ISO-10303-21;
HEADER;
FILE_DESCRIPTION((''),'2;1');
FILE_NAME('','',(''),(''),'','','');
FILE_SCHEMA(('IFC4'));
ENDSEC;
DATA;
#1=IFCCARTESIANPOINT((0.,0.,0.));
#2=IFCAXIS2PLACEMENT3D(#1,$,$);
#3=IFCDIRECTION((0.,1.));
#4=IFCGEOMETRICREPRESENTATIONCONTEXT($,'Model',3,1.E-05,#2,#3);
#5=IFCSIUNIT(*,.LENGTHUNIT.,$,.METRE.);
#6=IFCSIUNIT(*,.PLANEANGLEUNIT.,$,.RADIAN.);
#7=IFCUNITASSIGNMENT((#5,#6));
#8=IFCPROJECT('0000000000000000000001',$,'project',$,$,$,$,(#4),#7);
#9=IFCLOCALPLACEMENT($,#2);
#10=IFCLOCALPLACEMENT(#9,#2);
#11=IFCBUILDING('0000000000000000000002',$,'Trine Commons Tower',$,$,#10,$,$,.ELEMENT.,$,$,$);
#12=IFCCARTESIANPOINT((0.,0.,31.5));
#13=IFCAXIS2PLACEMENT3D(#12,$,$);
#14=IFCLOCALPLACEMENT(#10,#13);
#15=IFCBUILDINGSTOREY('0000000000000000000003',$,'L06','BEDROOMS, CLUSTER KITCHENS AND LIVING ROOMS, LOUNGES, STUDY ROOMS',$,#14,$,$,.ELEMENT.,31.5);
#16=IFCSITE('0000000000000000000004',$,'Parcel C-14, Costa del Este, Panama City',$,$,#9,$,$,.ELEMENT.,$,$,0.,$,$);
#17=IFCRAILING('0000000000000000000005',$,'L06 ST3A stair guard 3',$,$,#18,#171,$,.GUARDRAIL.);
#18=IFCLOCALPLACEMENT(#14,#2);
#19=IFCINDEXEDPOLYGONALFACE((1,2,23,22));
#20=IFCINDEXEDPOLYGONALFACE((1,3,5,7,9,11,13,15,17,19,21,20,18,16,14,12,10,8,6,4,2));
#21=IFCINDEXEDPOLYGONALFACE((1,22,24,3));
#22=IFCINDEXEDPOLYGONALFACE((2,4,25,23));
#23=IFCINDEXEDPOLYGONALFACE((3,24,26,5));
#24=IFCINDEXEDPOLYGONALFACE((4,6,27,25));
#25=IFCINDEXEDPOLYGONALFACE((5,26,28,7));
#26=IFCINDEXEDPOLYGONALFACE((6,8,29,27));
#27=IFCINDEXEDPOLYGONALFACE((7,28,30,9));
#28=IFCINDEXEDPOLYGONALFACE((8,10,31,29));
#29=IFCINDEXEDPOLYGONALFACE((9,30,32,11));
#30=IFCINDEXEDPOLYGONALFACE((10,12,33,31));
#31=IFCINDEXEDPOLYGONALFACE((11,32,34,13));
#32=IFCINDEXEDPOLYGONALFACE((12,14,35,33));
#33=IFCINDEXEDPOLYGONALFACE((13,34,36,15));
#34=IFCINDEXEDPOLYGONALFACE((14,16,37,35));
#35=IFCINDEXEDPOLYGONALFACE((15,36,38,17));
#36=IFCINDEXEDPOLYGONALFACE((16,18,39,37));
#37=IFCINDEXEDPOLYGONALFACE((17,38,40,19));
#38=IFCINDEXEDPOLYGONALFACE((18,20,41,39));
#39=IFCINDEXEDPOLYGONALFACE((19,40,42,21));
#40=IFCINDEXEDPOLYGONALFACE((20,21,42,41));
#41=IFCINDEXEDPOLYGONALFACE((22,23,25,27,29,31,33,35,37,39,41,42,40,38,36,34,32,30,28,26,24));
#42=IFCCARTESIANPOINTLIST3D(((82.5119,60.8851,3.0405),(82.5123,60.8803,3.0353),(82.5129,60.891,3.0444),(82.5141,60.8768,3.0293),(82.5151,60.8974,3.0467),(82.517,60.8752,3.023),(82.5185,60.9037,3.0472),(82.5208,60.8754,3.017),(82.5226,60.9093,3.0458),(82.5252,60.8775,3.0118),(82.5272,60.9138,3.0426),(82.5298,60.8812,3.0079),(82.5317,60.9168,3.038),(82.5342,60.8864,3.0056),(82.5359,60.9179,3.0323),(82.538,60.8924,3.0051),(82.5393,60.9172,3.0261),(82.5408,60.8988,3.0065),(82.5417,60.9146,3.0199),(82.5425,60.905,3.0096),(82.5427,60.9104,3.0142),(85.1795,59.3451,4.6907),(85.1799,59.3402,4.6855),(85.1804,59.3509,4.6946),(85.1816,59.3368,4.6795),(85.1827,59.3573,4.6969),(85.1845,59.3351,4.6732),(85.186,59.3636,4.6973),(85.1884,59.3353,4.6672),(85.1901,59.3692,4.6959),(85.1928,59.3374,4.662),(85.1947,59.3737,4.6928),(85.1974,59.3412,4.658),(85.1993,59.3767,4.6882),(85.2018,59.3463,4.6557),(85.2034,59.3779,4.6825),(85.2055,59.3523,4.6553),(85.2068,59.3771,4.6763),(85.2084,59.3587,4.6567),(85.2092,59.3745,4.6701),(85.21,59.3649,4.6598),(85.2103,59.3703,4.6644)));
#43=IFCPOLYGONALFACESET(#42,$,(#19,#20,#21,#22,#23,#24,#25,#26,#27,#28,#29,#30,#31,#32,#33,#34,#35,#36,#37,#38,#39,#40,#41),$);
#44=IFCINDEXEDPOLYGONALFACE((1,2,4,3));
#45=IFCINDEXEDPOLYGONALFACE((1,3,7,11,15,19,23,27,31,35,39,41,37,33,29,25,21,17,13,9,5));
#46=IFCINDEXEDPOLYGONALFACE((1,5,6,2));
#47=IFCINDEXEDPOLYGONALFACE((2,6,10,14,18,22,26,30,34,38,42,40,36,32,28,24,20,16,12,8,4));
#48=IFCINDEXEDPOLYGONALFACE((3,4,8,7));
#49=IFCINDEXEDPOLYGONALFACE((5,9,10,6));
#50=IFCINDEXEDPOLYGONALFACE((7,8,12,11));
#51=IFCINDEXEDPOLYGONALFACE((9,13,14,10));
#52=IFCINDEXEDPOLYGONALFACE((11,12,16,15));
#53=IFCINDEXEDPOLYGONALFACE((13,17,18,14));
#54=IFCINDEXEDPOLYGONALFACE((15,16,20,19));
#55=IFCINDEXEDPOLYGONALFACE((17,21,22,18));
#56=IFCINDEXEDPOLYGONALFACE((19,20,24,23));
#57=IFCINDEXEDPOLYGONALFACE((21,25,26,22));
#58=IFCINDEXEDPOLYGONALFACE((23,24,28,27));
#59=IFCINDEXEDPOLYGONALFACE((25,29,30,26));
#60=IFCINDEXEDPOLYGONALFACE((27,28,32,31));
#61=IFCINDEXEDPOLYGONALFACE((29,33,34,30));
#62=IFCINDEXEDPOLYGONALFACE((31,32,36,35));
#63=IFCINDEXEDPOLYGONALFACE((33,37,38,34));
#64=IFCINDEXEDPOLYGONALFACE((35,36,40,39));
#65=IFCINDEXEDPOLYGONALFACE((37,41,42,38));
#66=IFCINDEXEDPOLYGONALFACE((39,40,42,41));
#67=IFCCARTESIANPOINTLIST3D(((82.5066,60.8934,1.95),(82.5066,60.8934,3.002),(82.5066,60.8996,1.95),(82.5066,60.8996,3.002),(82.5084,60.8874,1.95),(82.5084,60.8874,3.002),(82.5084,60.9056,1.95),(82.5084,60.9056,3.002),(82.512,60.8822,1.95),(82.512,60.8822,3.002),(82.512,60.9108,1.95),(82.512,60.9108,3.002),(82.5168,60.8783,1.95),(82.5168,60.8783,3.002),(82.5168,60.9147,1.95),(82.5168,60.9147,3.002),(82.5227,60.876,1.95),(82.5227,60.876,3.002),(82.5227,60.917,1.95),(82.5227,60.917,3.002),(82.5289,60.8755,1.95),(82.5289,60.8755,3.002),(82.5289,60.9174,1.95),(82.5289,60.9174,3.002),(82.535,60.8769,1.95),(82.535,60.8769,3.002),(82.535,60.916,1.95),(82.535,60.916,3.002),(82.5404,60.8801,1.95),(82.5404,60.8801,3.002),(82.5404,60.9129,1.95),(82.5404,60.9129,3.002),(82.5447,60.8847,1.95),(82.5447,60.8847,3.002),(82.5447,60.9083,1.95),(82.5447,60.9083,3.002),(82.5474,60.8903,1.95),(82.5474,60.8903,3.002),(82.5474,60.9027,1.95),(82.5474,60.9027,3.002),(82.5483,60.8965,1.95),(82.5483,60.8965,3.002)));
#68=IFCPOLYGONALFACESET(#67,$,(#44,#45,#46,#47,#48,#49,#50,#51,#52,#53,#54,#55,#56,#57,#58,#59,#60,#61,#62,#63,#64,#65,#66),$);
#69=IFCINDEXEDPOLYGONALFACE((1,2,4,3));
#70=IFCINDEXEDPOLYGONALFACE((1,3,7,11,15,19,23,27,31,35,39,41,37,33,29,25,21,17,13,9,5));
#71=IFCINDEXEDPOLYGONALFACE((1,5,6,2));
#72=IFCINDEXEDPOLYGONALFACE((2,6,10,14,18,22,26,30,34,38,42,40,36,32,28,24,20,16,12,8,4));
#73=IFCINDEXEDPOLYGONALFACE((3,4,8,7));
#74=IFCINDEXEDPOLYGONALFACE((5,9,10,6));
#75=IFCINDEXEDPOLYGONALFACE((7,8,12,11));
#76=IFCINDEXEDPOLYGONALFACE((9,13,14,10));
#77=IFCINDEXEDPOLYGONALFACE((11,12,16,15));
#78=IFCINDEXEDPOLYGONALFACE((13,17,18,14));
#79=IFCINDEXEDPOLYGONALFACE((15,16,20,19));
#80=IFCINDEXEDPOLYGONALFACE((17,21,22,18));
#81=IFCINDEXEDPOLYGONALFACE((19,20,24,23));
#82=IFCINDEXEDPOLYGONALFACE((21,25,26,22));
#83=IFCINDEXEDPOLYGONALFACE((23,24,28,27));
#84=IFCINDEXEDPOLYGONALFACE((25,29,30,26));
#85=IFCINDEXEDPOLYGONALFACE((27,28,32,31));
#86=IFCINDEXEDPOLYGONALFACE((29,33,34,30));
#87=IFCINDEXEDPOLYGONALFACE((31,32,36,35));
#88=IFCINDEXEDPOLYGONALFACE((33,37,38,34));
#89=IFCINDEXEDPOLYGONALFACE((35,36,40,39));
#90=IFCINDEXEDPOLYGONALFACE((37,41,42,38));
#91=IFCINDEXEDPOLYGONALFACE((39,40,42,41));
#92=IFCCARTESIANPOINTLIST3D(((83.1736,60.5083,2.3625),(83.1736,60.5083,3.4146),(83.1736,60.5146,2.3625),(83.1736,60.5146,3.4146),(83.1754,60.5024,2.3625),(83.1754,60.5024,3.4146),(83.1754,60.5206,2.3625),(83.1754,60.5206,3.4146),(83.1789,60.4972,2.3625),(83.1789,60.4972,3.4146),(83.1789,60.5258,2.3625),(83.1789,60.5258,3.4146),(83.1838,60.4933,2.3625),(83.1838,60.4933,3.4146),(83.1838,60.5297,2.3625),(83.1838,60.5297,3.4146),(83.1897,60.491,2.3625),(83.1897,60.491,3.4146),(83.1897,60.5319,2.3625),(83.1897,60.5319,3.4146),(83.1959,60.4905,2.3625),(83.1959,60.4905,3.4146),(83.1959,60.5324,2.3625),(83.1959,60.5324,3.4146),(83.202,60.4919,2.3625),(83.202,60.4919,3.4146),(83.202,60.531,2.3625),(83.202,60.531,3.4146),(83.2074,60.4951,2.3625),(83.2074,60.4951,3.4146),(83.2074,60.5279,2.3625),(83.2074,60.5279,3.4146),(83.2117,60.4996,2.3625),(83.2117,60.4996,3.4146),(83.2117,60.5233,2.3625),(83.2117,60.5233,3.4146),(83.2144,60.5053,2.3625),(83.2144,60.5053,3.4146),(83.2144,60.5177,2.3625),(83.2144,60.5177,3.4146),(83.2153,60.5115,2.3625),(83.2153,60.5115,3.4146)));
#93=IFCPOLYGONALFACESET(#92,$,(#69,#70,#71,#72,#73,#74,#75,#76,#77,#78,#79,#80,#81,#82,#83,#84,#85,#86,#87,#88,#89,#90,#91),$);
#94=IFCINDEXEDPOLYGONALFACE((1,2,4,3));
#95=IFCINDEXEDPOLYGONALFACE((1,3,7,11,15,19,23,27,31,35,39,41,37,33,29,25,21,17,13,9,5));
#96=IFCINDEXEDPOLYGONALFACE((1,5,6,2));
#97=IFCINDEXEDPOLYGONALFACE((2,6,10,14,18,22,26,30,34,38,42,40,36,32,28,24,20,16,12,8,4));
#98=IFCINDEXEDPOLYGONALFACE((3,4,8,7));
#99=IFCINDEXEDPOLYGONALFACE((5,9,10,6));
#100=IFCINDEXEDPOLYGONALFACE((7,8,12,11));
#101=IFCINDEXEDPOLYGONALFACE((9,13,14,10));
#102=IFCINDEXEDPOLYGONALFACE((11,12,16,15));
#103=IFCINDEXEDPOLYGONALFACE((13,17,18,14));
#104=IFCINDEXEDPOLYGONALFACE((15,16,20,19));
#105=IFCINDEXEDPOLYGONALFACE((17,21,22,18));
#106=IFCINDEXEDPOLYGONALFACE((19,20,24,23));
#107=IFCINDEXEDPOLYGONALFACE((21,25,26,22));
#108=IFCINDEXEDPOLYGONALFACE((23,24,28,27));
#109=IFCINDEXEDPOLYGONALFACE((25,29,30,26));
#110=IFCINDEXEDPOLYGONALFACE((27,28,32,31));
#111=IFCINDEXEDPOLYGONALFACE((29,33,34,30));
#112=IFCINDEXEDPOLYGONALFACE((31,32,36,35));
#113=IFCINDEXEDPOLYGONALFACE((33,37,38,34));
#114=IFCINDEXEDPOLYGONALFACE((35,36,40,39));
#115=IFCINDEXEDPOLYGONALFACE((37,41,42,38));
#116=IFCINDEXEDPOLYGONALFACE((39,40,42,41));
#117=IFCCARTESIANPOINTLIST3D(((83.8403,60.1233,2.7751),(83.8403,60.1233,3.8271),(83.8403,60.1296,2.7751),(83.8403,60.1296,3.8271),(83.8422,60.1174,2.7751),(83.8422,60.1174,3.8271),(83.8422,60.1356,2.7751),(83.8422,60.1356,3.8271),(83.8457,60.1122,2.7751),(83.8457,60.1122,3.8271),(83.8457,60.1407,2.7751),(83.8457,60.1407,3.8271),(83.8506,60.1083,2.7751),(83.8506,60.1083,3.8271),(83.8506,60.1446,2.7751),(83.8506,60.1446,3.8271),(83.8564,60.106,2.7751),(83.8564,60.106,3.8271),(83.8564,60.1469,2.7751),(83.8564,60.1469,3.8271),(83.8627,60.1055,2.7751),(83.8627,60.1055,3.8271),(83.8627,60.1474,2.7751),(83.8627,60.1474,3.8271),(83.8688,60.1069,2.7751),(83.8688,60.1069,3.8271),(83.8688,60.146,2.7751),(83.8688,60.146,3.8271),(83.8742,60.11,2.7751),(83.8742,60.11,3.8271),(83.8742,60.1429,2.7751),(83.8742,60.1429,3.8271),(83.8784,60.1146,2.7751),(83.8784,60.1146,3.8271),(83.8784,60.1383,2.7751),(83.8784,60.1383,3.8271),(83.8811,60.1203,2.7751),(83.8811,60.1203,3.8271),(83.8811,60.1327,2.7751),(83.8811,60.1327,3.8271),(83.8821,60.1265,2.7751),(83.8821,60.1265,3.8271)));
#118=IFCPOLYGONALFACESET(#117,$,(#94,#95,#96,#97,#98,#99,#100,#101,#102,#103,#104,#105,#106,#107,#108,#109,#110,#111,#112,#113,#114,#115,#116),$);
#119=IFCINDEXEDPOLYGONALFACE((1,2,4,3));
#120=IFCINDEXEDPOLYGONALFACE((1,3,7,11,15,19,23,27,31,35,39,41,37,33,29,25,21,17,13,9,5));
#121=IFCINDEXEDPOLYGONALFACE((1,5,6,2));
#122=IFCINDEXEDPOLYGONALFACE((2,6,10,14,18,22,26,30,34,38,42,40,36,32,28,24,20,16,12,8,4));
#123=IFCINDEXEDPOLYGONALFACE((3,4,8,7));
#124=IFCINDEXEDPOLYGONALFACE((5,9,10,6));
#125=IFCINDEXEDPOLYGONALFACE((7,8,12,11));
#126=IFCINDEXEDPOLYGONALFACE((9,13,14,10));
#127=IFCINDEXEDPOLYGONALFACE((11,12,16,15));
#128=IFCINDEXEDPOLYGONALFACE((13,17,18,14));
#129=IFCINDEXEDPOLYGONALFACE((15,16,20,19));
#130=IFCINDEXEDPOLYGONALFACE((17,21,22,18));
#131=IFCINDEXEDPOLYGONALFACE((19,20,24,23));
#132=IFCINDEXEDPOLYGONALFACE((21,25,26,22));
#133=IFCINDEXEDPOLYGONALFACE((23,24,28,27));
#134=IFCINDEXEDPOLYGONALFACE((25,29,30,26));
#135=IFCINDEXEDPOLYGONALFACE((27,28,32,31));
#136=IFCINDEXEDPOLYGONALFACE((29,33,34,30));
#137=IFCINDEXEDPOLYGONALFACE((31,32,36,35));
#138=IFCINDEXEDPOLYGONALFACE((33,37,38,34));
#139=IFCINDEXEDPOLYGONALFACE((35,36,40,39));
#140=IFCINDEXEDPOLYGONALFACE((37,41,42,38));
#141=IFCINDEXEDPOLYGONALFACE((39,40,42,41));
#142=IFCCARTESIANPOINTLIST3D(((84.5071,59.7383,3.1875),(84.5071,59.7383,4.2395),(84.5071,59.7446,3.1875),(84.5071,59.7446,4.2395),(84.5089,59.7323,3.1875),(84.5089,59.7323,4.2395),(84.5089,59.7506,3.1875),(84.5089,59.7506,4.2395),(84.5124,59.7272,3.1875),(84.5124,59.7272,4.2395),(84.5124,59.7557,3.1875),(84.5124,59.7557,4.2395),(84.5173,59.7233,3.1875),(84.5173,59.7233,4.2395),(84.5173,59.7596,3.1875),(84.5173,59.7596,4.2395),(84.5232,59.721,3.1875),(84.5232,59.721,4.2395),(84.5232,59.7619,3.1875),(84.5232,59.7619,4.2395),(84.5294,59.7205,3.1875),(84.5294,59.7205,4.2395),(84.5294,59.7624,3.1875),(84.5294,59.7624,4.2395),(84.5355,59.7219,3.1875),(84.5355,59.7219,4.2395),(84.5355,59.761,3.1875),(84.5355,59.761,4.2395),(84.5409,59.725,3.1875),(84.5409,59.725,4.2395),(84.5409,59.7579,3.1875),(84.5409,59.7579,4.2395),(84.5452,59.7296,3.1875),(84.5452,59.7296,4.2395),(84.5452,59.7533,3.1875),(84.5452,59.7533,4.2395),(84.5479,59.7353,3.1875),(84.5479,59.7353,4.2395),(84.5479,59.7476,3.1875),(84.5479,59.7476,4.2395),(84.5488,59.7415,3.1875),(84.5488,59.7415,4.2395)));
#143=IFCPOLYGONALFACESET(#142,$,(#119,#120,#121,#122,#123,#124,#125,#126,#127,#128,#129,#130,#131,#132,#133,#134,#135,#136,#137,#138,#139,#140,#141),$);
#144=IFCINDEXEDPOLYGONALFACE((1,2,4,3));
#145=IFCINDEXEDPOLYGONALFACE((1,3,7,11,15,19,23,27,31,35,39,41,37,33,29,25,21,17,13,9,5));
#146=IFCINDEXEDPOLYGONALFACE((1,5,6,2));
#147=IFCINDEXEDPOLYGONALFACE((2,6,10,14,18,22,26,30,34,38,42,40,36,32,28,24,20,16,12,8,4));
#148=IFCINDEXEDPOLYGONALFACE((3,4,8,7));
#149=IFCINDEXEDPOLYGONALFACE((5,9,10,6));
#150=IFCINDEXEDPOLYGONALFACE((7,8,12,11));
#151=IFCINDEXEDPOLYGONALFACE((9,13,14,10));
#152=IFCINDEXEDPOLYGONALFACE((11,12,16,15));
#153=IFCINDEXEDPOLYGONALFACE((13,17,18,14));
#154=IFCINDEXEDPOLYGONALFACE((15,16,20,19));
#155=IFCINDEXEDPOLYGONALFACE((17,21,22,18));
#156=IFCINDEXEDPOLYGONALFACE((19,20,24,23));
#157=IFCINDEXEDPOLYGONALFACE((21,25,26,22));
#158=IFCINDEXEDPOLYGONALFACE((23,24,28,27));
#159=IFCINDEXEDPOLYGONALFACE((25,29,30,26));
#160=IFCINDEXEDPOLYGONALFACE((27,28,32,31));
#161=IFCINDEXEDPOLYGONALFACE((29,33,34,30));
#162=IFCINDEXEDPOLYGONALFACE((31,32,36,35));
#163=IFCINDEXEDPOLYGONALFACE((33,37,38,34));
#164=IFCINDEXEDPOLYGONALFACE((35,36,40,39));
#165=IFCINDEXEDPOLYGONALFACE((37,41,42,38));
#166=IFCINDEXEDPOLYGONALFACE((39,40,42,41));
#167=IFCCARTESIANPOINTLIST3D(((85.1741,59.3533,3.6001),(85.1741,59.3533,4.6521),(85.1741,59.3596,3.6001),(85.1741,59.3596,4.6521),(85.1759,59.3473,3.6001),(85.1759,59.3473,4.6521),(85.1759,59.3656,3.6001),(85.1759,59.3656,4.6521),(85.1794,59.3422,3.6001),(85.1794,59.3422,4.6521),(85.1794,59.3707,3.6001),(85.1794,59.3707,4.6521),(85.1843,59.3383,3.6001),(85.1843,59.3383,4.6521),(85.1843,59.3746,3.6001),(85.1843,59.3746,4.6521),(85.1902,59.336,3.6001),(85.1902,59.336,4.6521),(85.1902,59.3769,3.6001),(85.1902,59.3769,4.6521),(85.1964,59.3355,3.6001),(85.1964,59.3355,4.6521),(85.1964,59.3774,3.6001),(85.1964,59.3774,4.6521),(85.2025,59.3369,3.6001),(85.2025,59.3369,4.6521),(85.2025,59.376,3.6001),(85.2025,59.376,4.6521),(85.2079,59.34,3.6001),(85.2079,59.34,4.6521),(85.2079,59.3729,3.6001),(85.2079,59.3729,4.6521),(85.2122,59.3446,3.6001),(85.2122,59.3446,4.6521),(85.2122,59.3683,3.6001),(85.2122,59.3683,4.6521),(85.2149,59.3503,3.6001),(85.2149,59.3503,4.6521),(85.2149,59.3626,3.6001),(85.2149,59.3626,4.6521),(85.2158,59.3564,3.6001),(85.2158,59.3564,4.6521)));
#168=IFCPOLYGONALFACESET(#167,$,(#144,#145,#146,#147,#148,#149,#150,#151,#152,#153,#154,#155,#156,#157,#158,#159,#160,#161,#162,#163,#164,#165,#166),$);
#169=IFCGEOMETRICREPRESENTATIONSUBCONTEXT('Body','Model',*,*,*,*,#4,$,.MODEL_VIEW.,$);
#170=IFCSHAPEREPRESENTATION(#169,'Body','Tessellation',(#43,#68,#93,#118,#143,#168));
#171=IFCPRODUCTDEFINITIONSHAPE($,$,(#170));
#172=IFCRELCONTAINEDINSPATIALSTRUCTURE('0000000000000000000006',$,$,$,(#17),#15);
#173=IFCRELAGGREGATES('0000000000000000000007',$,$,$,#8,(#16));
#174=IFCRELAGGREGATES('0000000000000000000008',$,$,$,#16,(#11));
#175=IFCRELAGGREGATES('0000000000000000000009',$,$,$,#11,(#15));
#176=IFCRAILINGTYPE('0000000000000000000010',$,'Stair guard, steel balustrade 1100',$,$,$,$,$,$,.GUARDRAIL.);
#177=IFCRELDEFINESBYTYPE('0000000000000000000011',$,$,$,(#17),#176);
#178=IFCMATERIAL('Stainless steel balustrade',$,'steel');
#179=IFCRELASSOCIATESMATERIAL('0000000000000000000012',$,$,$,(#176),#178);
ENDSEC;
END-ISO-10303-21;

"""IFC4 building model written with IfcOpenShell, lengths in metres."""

from ifc_helpers import new_model, si_unit, direction, frame, origin, origin_2d, place, context, subcontext, project, spatial, circle, extrude, material, type_object, element, save


model = new_model("IFC4")

# Units and contexts
model_context = context("Model", 3, precision=1e-05, world=origin(), true_north=direction((0.0, 1.0)))
body_context = subcontext(model_context, "Body", "Model", "MODEL_VIEW")
ifc_project = project(units=[si_unit("LENGTHUNIT", "METRE"), si_unit("PLANEANGLEUNIT", "RADIAN")], contexts=[model_context])

# Site, building, storey
site_placement = place(None, origin())
site = spatial("IfcSite", under=ifc_project, at=site_placement, Name="Parcel C-14, Costa del Este, Panama City", CompositionType="ELEMENT", RefElevation=0.0)
building_placement = place(site_placement, origin())
building = spatial("IfcBuilding", under=site, at=building_placement, Name="Trine Commons Tower", CompositionType="ELEMENT")
storey_placement = place(building_placement, frame((0.0, 0.0, 31.5)))
storey = spatial("IfcBuildingStorey", under=building, at=storey_placement, Name="L06", Description="BEDROOMS, CLUSTER KITCHENS AND LIVING ROOMS, LOUNGES, STUDY ROOMS", CompositionType="ELEMENT", Elevation=31.5)

# Railing
ifc_material_1 = material(Name="Stainless steel balustrade", Category="steel")
railing_type_1 = type_object("IfcRailingType", Name="Stair guard, steel balustrade 1100", PredefinedType="GUARDRAIL", material=ifc_material_1)
railing_1_placement = place(storey_placement, frame((82.5273, 60.8965, 1.95)))
element("IfcRailing", 1, at=railing_1_placement, inside=storey, type_object=railing_type_1, Name="L06 ST3A stair guard 3", PredefinedType="GUARDRAIL", context=body_context, shape_type="SweptSolid", body=[
    extrude(circle(Radius=0.0239, at=origin_2d()), frame((0.0, 0.0, 1.0762), z_axis=(0.76338, -0.440728, 0.472239), x_axis=(0.499992, 0.86603, 0.0)), (0.0, 0.0, 1.0), 3.4944),
    extrude(circle(Radius=0.021, at=origin_2d()), origin(), (0.0, 0.0, 1.0), 1.052),
    extrude(circle(Radius=0.021, at=origin_2d()), frame((0.667, -0.385, 0.4126)), (0.0, 0.0, 1.0), 1.052),
    extrude(circle(Radius=0.021, at=origin_2d()), frame((1.3337, -0.77, 0.8252)), (0.0, 0.0, 1.0), 1.052),
    extrude(circle(Radius=0.021, at=origin_2d()), frame((2.0005, -1.155, 1.2375)), (0.0, 0.0, 1.0), 1.052),
    extrude(circle(Radius=0.021, at=origin_2d()), frame((2.6675, -1.54, 1.6501)), (0.0, 0.0, 1.0), 1.052),
])

save(model, "model.ifc")
